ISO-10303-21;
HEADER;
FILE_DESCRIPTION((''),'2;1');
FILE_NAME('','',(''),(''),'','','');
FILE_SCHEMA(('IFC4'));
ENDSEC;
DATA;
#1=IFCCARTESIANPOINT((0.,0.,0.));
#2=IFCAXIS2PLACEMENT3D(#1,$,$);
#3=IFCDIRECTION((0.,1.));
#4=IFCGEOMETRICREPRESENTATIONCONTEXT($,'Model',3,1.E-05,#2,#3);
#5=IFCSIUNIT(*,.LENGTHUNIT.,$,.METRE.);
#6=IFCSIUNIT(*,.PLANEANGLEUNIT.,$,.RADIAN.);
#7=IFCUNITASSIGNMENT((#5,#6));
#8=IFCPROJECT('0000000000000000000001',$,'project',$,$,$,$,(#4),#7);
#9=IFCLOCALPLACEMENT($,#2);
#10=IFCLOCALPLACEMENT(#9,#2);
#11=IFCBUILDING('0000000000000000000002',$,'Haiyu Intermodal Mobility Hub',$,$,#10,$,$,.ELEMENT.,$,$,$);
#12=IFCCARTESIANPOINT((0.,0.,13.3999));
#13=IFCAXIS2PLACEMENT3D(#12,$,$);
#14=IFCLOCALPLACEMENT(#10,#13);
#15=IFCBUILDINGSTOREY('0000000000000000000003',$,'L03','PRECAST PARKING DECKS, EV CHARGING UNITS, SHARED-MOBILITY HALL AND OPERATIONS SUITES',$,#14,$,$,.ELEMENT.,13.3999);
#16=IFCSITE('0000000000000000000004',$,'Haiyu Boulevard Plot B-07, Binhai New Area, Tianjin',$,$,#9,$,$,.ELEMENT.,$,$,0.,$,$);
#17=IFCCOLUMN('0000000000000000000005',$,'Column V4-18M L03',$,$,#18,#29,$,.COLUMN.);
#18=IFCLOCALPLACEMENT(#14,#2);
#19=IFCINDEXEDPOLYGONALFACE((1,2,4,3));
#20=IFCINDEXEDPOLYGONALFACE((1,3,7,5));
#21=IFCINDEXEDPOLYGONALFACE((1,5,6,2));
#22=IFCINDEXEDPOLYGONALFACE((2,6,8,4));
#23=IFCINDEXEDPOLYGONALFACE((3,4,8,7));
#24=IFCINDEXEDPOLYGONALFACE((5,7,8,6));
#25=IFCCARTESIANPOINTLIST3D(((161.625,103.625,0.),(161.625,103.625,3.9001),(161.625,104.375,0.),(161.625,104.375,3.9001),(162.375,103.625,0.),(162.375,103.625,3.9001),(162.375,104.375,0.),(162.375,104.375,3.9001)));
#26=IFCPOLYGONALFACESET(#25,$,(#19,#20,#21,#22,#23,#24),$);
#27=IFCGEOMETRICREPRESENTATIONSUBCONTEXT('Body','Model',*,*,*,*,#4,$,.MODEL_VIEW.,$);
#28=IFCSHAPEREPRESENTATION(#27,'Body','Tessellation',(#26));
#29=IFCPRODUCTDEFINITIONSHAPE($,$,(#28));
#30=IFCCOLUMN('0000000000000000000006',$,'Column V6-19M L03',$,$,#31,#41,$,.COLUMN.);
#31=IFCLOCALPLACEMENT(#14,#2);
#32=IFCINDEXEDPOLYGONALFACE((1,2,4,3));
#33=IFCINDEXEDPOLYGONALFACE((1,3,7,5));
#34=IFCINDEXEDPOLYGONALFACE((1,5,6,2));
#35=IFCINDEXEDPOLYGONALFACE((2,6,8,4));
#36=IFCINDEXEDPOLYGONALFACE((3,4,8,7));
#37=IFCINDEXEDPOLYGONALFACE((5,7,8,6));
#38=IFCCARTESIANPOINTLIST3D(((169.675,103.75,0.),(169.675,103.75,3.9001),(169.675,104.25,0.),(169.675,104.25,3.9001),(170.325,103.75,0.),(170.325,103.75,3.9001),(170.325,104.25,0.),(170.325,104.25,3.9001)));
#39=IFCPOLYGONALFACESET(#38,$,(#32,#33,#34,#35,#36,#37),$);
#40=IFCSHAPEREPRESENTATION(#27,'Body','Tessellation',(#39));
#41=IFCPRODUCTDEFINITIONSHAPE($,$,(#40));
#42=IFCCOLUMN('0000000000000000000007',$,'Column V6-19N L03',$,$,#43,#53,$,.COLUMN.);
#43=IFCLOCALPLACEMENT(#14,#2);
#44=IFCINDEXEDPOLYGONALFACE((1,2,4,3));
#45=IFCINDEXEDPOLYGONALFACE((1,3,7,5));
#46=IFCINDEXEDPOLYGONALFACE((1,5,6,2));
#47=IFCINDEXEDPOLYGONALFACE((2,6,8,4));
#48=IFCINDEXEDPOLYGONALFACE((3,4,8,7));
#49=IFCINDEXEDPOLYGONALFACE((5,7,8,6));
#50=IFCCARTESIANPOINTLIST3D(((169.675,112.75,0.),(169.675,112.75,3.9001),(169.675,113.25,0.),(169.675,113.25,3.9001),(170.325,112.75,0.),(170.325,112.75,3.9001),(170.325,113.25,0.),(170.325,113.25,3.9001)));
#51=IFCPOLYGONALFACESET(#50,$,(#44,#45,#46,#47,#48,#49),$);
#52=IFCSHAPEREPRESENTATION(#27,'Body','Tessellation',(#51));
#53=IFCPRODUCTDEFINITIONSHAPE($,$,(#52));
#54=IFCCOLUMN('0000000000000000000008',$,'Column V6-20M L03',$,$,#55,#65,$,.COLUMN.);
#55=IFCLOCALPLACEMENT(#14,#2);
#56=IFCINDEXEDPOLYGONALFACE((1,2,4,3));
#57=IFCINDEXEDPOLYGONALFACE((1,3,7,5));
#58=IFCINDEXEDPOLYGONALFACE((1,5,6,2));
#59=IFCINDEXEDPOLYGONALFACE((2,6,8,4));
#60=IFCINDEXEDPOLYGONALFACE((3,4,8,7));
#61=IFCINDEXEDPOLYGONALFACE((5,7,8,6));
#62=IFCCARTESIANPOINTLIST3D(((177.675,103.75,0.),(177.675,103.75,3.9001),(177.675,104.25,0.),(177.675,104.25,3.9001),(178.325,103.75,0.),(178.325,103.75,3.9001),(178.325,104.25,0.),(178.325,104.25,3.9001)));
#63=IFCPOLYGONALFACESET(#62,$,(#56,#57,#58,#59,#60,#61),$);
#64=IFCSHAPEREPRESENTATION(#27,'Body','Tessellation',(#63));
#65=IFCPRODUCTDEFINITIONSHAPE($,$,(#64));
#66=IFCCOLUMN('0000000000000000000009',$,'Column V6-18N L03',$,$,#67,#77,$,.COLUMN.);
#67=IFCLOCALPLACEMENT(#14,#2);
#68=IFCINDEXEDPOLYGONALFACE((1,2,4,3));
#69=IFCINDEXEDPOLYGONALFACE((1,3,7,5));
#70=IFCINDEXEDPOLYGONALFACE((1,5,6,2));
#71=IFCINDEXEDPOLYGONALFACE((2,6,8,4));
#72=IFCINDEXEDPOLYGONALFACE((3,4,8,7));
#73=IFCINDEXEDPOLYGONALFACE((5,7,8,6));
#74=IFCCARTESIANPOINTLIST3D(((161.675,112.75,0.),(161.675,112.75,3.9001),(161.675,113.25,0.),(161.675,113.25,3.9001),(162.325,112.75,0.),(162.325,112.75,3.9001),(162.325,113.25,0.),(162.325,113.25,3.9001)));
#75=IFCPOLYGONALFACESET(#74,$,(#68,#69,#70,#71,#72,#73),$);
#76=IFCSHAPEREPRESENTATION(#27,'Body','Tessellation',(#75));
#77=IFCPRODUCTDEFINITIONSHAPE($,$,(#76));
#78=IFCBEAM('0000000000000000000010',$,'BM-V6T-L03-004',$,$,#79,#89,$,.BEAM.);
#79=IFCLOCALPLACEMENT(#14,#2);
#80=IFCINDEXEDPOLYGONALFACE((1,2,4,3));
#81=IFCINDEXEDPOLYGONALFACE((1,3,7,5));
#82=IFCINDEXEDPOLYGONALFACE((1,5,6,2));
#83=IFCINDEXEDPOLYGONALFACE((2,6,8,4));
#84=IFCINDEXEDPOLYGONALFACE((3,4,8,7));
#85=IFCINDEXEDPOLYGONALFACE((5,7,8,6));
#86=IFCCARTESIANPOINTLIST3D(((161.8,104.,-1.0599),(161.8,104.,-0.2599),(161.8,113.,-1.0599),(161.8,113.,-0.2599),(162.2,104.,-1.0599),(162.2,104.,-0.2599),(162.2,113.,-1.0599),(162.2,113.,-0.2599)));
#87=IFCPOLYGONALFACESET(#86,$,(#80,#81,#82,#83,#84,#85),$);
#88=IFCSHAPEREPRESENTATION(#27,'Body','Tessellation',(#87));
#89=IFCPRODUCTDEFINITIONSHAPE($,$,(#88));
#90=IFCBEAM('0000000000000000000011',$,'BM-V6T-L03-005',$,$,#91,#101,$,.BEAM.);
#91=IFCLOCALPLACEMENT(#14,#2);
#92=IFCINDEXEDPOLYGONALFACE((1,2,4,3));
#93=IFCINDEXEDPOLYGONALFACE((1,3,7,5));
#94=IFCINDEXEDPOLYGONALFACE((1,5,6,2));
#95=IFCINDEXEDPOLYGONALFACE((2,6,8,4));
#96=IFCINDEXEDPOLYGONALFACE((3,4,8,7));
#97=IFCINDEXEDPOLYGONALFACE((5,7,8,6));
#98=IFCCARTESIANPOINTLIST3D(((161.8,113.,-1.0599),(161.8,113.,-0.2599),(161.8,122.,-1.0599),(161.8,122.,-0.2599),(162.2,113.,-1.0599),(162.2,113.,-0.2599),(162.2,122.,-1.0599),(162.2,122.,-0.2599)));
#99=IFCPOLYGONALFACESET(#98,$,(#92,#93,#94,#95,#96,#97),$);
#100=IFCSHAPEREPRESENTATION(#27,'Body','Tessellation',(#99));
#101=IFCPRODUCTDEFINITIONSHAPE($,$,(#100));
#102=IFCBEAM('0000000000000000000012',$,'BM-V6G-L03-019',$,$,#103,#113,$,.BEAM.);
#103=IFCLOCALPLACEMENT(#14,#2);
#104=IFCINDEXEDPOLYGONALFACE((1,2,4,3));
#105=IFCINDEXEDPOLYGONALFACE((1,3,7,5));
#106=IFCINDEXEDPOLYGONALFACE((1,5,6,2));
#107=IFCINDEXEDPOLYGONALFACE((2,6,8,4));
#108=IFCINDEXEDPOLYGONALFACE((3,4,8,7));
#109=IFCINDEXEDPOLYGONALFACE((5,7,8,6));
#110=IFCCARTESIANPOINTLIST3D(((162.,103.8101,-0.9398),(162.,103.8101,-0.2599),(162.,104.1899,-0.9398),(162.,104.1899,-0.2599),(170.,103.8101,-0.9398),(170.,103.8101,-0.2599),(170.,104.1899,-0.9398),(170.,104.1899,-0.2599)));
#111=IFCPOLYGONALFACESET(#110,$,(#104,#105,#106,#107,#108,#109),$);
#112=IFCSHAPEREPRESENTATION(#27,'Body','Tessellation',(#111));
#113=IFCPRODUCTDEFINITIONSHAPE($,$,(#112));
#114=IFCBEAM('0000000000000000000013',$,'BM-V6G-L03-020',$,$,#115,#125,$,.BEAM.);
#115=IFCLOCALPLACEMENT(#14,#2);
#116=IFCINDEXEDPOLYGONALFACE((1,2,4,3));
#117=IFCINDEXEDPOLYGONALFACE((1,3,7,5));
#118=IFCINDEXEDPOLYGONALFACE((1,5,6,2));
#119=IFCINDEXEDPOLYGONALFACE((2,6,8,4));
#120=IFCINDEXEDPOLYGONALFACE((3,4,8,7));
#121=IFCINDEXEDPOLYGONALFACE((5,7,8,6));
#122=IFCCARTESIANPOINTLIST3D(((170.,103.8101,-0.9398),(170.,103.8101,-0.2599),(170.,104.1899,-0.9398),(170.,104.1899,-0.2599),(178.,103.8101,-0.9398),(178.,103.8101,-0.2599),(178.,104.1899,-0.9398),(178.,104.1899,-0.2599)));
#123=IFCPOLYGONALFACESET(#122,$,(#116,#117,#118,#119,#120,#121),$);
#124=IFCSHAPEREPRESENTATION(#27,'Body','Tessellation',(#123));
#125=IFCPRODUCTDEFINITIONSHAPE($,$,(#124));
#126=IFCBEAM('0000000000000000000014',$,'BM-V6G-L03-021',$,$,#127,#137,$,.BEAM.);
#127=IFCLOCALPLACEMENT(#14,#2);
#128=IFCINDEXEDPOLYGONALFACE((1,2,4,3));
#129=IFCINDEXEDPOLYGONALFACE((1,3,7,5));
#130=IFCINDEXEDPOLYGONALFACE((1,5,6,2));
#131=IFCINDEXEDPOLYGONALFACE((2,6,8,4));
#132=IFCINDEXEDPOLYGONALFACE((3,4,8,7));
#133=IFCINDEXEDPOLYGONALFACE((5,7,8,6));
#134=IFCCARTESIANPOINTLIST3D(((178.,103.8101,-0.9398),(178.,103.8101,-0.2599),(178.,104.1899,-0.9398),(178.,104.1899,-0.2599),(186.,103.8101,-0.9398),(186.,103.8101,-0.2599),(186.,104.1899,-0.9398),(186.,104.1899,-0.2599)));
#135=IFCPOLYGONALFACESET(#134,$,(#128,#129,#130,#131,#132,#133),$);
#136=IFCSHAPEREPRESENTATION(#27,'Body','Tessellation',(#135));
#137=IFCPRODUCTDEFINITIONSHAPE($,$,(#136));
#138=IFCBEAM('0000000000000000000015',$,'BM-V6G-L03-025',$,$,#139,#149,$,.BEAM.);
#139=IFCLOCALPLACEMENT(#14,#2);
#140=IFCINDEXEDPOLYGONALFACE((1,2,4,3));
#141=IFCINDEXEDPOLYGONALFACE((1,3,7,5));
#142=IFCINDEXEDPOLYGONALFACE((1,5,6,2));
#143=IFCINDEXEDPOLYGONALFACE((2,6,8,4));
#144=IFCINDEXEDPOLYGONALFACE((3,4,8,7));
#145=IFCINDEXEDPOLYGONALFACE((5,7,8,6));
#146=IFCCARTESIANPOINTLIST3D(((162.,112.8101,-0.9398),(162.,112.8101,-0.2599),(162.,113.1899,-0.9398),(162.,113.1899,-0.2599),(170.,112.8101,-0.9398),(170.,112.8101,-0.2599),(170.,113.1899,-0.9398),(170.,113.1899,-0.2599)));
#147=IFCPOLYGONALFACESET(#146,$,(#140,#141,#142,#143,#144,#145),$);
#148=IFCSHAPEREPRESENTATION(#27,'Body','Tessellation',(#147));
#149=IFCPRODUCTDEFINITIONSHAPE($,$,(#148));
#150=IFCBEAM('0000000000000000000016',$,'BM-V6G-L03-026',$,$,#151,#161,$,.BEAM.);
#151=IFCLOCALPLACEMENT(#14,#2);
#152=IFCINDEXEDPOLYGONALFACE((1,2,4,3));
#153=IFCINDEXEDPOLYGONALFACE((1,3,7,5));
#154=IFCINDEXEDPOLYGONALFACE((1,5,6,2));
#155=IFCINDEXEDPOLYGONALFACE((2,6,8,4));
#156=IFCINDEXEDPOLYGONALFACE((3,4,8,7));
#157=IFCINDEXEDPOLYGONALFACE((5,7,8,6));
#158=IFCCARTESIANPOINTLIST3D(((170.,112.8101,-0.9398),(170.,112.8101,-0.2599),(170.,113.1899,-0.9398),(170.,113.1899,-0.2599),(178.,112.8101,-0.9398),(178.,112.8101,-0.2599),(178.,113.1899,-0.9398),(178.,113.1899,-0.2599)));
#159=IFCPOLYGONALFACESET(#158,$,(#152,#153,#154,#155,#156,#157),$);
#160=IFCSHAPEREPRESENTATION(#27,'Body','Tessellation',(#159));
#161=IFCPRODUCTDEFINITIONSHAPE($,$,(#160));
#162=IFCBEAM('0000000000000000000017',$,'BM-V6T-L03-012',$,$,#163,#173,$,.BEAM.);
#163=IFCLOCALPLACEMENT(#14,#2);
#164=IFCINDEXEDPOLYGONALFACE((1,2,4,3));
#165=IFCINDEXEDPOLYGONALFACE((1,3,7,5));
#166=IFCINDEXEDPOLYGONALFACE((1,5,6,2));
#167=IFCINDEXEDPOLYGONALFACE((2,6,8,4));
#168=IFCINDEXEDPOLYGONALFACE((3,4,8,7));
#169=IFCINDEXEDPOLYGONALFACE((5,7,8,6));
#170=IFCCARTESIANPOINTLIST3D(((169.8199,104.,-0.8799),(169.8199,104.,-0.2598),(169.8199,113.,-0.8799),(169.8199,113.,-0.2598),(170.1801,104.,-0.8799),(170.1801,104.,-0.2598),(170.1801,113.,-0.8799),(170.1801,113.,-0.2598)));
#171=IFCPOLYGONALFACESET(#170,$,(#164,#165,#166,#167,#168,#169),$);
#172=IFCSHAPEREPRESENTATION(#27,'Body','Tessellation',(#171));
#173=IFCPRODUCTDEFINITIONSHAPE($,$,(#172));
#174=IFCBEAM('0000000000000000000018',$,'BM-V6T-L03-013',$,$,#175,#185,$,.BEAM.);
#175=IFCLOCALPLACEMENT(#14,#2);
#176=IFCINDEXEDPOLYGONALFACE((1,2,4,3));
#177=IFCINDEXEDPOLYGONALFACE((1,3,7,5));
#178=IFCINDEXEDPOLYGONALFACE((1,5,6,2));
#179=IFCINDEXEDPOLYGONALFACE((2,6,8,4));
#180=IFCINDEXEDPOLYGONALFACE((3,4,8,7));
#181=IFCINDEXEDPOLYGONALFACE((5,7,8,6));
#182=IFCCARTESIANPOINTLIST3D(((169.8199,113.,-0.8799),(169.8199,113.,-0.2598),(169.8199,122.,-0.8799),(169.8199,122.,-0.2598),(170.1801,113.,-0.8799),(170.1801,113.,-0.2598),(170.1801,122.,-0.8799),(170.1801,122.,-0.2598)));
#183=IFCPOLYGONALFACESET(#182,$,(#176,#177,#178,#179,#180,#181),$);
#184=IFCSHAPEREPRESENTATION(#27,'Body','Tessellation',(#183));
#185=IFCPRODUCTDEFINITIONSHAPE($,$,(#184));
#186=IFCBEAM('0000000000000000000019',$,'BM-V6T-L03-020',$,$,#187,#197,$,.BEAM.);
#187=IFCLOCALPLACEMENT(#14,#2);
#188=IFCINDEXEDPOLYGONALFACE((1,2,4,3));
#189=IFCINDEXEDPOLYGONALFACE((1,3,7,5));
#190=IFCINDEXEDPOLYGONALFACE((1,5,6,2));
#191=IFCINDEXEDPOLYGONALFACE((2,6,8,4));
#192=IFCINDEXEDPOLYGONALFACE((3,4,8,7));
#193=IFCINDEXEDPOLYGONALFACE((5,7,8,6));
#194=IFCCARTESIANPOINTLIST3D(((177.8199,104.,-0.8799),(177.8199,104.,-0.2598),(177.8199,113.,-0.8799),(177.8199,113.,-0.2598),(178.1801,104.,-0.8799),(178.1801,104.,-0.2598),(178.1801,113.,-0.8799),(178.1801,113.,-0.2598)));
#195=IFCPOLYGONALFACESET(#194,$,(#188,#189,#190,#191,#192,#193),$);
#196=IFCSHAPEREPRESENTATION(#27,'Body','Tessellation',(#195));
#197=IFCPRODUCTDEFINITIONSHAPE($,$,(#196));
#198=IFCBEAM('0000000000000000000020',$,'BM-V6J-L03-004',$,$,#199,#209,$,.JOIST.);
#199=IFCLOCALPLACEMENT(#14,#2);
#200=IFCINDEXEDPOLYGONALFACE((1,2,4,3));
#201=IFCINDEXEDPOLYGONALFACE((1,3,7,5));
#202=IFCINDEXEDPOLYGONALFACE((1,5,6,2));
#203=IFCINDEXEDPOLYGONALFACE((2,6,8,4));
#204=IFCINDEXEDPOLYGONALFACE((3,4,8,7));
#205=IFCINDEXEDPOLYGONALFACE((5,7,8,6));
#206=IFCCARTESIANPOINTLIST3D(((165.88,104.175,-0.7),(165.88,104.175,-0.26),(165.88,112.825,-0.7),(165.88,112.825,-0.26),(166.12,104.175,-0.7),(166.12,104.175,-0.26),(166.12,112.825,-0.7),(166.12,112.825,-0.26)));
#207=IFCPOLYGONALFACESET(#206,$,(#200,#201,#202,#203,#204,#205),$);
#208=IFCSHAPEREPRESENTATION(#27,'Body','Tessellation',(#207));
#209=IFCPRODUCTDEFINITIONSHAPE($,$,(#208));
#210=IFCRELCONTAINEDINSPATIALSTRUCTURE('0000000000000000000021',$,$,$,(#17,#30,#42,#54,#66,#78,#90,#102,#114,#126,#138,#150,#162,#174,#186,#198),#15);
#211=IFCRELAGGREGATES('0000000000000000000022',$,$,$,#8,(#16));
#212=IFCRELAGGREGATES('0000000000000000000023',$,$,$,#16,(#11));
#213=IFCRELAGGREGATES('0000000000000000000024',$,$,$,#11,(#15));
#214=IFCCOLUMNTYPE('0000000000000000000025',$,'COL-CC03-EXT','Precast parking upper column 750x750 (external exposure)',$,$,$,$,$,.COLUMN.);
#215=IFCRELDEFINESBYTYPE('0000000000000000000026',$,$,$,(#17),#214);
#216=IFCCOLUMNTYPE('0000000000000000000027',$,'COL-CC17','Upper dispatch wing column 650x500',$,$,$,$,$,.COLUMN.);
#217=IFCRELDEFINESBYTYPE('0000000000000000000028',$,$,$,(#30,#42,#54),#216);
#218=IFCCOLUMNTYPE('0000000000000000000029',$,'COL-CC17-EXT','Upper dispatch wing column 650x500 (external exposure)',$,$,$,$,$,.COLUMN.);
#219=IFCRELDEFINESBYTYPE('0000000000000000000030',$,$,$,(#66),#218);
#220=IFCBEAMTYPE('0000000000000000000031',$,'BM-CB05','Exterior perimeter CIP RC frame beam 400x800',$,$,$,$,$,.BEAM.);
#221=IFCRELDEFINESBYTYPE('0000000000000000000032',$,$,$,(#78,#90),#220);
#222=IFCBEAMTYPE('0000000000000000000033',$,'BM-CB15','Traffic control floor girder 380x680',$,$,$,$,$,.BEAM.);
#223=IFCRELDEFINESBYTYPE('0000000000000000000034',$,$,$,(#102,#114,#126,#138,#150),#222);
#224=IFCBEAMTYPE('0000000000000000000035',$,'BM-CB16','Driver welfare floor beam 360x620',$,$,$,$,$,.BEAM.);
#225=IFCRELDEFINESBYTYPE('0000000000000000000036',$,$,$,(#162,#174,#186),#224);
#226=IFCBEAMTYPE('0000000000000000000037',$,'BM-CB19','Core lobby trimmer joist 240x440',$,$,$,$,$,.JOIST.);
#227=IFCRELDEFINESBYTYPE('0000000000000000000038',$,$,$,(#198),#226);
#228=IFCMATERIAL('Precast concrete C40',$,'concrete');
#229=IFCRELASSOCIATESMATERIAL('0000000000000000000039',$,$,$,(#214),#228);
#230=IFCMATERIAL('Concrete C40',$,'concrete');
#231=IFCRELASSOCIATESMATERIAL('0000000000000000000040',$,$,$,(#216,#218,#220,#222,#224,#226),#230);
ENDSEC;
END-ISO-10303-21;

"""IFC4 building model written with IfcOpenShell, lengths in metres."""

from ifc_helpers import new_model, si_unit, direction, frame, origin, origin_2d, place, context, subcontext, project, spatial, rectangle, extrude, material, material_profile, profile_set, type_object, element, save


model = new_model("IFC4")

# Units and contexts
model_context = context("Model", 3, precision=1e-05, world=origin(), true_north=direction((0.0, 1.0)))
body_context = subcontext(model_context, "Body", "Model", "MODEL_VIEW")
ifc_project = project(units=[si_unit("LENGTHUNIT", "METRE"), si_unit("PLANEANGLEUNIT", "RADIAN")], contexts=[model_context])

# Site, building, storey
site_placement = place(None, origin())
site = spatial("IfcSite", under=ifc_project, at=site_placement, Name="Haiyu Boulevard Plot B-07, Binhai New Area, Tianjin", CompositionType="ELEMENT", RefElevation=0.0)
building_placement = place(site_placement, origin())
building = spatial("IfcBuilding", under=site, at=building_placement, Name="Haiyu Intermodal Mobility Hub", CompositionType="ELEMENT")
storey_placement = place(building_placement, frame((0.0, 0.0, 13.3999)))
storey = spatial("IfcBuildingStorey", under=building, at=storey_placement, Name="L03", Description="PRECAST PARKING DECKS, EV CHARGING UNITS, SHARED-MOBILITY HALL AND OPERATIONS SUITES", CompositionType="ELEMENT", Elevation=13.3999)

# Columns
ifc_material_1 = material(Name="Precast concrete C40", Category="concrete")
ifc_material_profile_1 = material_profile(ifc_material_1, rectangle(XDim=0.75, YDim=0.75, at=origin_2d()), Name="RC750x750")
ifc_profile_set_1 = profile_set([ifc_material_profile_1], Name="Precast concrete C40")
column_type_1 = type_object("IfcColumnType", Name="COL-CC03-EXT", Description="Precast parking upper column 750x750 (external exposure)", PredefinedType="COLUMN", material=ifc_profile_set_1)
column_1_placement = place(storey_placement, frame((162.0, 104.0, 0.0), z_axis=(0.0, 0.0, 1.0), x_axis=(1.0, 0.0, 0.0)))
element("IfcColumn", 1, at=column_1_placement, inside=storey, type_object=column_type_1, Name="Column V4-18M L03", PredefinedType="COLUMN", context=body_context, shape_type="SweptSolid", body=[
    extrude(rectangle(XDim=0.75, YDim=0.75, at=origin_2d()), origin(), (0.0, 0.0, 1.0), 3.9001),
])
ifc_material_2 = material(Name="Concrete C40", Category="concrete")
ifc_material_profile_2 = material_profile(ifc_material_2, rectangle(XDim=0.6499, YDim=0.5, at=origin_2d()), Name="C650x500")
ifc_profile_set_2 = profile_set([ifc_material_profile_2], Name="Concrete C40")
column_type_2 = type_object("IfcColumnType", Name="COL-CC17", Description="Upper dispatch wing column 650x500", PredefinedType="COLUMN", material=ifc_profile_set_2)
for number, where, z_axis, x_axis, name in (
    (2, (170.0, 104.0, 0.0), (0.0, 0.0, 1.0), (1.0, 0.0, 0.0), "Column V6-19M L03"),
    (3, (170.0, 113.0, 0.0), (0.0, 0.0, 1.0), (1.0, 0.0, 0.0), "Column V6-19N L03"),
    (4, (178.0, 104.0, 0.0), (0.0, 0.0, 1.0), (1.0, 0.0, 0.0), "Column V6-20M L03"),
):
    element("IfcColumn", number, at=place(storey_placement, frame(where, z_axis=z_axis, x_axis=x_axis)), inside=storey, type_object=column_type_2, Name=name, PredefinedType="COLUMN", context=body_context, shape_type="SweptSolid", body=[
        extrude(rectangle(XDim=0.6499, YDim=0.5, at=origin_2d()), origin(), (0.0, 0.0, 1.0), 3.9001),
    ])
ifc_material_profile_3 = material_profile(ifc_material_2, rectangle(XDim=0.6499, YDim=0.5, at=origin_2d()), Name="C650x500")
ifc_profile_set_3 = profile_set([ifc_material_profile_3], Name="Concrete C40")
column_type_3 = type_object("IfcColumnType", Name="COL-CC17-EXT", Description="Upper dispatch wing column 650x500 (external exposure)", PredefinedType="COLUMN", material=ifc_profile_set_3)
column_2_placement = place(storey_placement, frame((162.0, 113.0, 0.0), z_axis=(0.0, 0.0, 1.0), x_axis=(1.0, 0.0, 0.0)))
element("IfcColumn", 5, at=column_2_placement, inside=storey, type_object=column_type_3, Name="Column V6-18N L03", PredefinedType="COLUMN", context=body_context, shape_type="SweptSolid", body=[
    extrude(rectangle(XDim=0.6499, YDim=0.5, at=origin_2d()), origin(), (0.0, 0.0, 1.0), 3.9001),
])

# Beams
ifc_material_profile_4 = material_profile(ifc_material_2, rectangle(XDim=0.3999, YDim=0.8, at=origin_2d()), Name="RCB400x800")
ifc_profile_set_4 = profile_set([ifc_material_profile_4], Name="Concrete C40")
beam_type_1 = type_object("IfcBeamType", Name="BM-CB05", Description="Exterior perimeter CIP RC frame beam 400x800", PredefinedType="BEAM", material=ifc_profile_set_4)
for number, where, z_axis, x_axis, name in (
    (6, (162.0, 104.0, -0.6599), (0.0, 1.0, 0.0), (-1.0, 0.0, 0.0), "BM-V6T-L03-004"),
    (7, (162.0, 113.0, -0.6599), (0.0, 1.0, 0.0), (-1.0, 0.0, 0.0), "BM-V6T-L03-005"),
):
    element("IfcBeam", number, at=place(storey_placement, frame(where, z_axis=z_axis, x_axis=x_axis)), inside=storey, type_object=beam_type_1, Name=name, PredefinedType="BEAM", context=body_context, shape_type="SweptSolid", body=[
        extrude(rectangle(XDim=0.3999, YDim=0.8, at=origin_2d()), origin(), (0.0, 0.0, 1.0), 9.0),
    ])
ifc_material_profile_5 = material_profile(ifc_material_2, rectangle(XDim=0.3799, YDim=0.6799, at=origin_2d()), Name="B380x680")
ifc_profile_set_5 = profile_set([ifc_material_profile_5], Name="Concrete C40")
beam_type_2 = type_object("IfcBeamType", Name="BM-CB15", Description="Traffic control floor girder 380x680", PredefinedType="BEAM", material=ifc_profile_set_5)
for number, where, z_axis, x_axis, name in (
    (8, (162.0, 104.0, -0.5999), (1.0, 0.0, 0.0), (0.0, 1.0, 0.0), "BM-V6G-L03-019"),
    (9, (170.0, 104.0, -0.5999), (1.0, 0.0, 0.0), (0.0, 1.0, 0.0), "BM-V6G-L03-020"),
    (10, (178.0, 104.0, -0.5999), (1.0, 0.0, 0.0), (0.0, 1.0, 0.0), "BM-V6G-L03-021"),
    (11, (162.0, 113.0, -0.5999), (1.0, 0.0, 0.0), (0.0, 1.0, 0.0), "BM-V6G-L03-025"),
    (12, (170.0, 113.0, -0.5999), (1.0, 0.0, 0.0), (0.0, 1.0, 0.0), "BM-V6G-L03-026"),
):
    element("IfcBeam", number, at=place(storey_placement, frame(where, z_axis=z_axis, x_axis=x_axis)), inside=storey, type_object=beam_type_2, Name=name, PredefinedType="BEAM", context=body_context, shape_type="SweptSolid", body=[
        extrude(rectangle(XDim=0.3799, YDim=0.6799, at=origin_2d()), origin(), (0.0, 0.0, 1.0), 8.0),
    ])
ifc_material_profile_6 = material_profile(ifc_material_2, rectangle(XDim=0.3601, YDim=0.6201, at=origin_2d()), Name="B360x620")
ifc_profile_set_6 = profile_set([ifc_material_profile_6], Name="Concrete C40")
beam_type_3 = type_object("IfcBeamType", Name="BM-CB16", Description="Driver welfare floor beam 360x620", PredefinedType="BEAM", material=ifc_profile_set_6)
for number, where, z_axis, x_axis, name in (
    (13, (170.0, 104.0, -0.5698), (0.0, 1.0, 0.0), (-1.0, 0.0, 0.0), "BM-V6T-L03-012"),
    (14, (170.0, 113.0, -0.5698), (0.0, 1.0, 0.0), (-1.0, 0.0, 0.0), "BM-V6T-L03-013"),
    (15, (178.0, 104.0, -0.5698), (0.0, 1.0, 0.0), (-1.0, 0.0, 0.0), "BM-V6T-L03-020"),
):
    element("IfcBeam", number, at=place(storey_placement, frame(where, z_axis=z_axis, x_axis=x_axis)), inside=storey, type_object=beam_type_3, Name=name, PredefinedType="BEAM", context=body_context, shape_type="SweptSolid", body=[
        extrude(rectangle(XDim=0.3601, YDim=0.6201, at=origin_2d()), origin(), (0.0, 0.0, 1.0), 9.0),
    ])
ifc_material_profile_7 = material_profile(ifc_material_2, rectangle(XDim=0.24, YDim=0.4399, at=origin_2d()), Name="B240x440")
ifc_profile_set_7 = profile_set([ifc_material_profile_7], Name="Concrete C40")
beam_type_4 = type_object("IfcBeamType", Name="BM-CB19", Description="Core lobby trimmer joist 240x440", PredefinedType="JOIST", material=ifc_profile_set_7)
for number, where, z_axis, x_axis, name in (
    (16, (166.0, 104.175, -0.48), (0.0, 1.0, 0.0), (-1.0, 0.0, 0.0), "BM-V6J-L03-004"),
):
    element("IfcBeam", number, at=place(storey_placement, frame(where, z_axis=z_axis, x_axis=x_axis)), inside=storey, type_object=beam_type_4, Name=name, PredefinedType="JOIST", context=body_context, shape_type="SweptSolid", body=[
        extrude(rectangle(XDim=0.24, YDim=0.4399, at=origin_2d()), origin(), (0.0, 0.0, 1.0), 8.6499),
    ])

save(model, "model.ifc")
